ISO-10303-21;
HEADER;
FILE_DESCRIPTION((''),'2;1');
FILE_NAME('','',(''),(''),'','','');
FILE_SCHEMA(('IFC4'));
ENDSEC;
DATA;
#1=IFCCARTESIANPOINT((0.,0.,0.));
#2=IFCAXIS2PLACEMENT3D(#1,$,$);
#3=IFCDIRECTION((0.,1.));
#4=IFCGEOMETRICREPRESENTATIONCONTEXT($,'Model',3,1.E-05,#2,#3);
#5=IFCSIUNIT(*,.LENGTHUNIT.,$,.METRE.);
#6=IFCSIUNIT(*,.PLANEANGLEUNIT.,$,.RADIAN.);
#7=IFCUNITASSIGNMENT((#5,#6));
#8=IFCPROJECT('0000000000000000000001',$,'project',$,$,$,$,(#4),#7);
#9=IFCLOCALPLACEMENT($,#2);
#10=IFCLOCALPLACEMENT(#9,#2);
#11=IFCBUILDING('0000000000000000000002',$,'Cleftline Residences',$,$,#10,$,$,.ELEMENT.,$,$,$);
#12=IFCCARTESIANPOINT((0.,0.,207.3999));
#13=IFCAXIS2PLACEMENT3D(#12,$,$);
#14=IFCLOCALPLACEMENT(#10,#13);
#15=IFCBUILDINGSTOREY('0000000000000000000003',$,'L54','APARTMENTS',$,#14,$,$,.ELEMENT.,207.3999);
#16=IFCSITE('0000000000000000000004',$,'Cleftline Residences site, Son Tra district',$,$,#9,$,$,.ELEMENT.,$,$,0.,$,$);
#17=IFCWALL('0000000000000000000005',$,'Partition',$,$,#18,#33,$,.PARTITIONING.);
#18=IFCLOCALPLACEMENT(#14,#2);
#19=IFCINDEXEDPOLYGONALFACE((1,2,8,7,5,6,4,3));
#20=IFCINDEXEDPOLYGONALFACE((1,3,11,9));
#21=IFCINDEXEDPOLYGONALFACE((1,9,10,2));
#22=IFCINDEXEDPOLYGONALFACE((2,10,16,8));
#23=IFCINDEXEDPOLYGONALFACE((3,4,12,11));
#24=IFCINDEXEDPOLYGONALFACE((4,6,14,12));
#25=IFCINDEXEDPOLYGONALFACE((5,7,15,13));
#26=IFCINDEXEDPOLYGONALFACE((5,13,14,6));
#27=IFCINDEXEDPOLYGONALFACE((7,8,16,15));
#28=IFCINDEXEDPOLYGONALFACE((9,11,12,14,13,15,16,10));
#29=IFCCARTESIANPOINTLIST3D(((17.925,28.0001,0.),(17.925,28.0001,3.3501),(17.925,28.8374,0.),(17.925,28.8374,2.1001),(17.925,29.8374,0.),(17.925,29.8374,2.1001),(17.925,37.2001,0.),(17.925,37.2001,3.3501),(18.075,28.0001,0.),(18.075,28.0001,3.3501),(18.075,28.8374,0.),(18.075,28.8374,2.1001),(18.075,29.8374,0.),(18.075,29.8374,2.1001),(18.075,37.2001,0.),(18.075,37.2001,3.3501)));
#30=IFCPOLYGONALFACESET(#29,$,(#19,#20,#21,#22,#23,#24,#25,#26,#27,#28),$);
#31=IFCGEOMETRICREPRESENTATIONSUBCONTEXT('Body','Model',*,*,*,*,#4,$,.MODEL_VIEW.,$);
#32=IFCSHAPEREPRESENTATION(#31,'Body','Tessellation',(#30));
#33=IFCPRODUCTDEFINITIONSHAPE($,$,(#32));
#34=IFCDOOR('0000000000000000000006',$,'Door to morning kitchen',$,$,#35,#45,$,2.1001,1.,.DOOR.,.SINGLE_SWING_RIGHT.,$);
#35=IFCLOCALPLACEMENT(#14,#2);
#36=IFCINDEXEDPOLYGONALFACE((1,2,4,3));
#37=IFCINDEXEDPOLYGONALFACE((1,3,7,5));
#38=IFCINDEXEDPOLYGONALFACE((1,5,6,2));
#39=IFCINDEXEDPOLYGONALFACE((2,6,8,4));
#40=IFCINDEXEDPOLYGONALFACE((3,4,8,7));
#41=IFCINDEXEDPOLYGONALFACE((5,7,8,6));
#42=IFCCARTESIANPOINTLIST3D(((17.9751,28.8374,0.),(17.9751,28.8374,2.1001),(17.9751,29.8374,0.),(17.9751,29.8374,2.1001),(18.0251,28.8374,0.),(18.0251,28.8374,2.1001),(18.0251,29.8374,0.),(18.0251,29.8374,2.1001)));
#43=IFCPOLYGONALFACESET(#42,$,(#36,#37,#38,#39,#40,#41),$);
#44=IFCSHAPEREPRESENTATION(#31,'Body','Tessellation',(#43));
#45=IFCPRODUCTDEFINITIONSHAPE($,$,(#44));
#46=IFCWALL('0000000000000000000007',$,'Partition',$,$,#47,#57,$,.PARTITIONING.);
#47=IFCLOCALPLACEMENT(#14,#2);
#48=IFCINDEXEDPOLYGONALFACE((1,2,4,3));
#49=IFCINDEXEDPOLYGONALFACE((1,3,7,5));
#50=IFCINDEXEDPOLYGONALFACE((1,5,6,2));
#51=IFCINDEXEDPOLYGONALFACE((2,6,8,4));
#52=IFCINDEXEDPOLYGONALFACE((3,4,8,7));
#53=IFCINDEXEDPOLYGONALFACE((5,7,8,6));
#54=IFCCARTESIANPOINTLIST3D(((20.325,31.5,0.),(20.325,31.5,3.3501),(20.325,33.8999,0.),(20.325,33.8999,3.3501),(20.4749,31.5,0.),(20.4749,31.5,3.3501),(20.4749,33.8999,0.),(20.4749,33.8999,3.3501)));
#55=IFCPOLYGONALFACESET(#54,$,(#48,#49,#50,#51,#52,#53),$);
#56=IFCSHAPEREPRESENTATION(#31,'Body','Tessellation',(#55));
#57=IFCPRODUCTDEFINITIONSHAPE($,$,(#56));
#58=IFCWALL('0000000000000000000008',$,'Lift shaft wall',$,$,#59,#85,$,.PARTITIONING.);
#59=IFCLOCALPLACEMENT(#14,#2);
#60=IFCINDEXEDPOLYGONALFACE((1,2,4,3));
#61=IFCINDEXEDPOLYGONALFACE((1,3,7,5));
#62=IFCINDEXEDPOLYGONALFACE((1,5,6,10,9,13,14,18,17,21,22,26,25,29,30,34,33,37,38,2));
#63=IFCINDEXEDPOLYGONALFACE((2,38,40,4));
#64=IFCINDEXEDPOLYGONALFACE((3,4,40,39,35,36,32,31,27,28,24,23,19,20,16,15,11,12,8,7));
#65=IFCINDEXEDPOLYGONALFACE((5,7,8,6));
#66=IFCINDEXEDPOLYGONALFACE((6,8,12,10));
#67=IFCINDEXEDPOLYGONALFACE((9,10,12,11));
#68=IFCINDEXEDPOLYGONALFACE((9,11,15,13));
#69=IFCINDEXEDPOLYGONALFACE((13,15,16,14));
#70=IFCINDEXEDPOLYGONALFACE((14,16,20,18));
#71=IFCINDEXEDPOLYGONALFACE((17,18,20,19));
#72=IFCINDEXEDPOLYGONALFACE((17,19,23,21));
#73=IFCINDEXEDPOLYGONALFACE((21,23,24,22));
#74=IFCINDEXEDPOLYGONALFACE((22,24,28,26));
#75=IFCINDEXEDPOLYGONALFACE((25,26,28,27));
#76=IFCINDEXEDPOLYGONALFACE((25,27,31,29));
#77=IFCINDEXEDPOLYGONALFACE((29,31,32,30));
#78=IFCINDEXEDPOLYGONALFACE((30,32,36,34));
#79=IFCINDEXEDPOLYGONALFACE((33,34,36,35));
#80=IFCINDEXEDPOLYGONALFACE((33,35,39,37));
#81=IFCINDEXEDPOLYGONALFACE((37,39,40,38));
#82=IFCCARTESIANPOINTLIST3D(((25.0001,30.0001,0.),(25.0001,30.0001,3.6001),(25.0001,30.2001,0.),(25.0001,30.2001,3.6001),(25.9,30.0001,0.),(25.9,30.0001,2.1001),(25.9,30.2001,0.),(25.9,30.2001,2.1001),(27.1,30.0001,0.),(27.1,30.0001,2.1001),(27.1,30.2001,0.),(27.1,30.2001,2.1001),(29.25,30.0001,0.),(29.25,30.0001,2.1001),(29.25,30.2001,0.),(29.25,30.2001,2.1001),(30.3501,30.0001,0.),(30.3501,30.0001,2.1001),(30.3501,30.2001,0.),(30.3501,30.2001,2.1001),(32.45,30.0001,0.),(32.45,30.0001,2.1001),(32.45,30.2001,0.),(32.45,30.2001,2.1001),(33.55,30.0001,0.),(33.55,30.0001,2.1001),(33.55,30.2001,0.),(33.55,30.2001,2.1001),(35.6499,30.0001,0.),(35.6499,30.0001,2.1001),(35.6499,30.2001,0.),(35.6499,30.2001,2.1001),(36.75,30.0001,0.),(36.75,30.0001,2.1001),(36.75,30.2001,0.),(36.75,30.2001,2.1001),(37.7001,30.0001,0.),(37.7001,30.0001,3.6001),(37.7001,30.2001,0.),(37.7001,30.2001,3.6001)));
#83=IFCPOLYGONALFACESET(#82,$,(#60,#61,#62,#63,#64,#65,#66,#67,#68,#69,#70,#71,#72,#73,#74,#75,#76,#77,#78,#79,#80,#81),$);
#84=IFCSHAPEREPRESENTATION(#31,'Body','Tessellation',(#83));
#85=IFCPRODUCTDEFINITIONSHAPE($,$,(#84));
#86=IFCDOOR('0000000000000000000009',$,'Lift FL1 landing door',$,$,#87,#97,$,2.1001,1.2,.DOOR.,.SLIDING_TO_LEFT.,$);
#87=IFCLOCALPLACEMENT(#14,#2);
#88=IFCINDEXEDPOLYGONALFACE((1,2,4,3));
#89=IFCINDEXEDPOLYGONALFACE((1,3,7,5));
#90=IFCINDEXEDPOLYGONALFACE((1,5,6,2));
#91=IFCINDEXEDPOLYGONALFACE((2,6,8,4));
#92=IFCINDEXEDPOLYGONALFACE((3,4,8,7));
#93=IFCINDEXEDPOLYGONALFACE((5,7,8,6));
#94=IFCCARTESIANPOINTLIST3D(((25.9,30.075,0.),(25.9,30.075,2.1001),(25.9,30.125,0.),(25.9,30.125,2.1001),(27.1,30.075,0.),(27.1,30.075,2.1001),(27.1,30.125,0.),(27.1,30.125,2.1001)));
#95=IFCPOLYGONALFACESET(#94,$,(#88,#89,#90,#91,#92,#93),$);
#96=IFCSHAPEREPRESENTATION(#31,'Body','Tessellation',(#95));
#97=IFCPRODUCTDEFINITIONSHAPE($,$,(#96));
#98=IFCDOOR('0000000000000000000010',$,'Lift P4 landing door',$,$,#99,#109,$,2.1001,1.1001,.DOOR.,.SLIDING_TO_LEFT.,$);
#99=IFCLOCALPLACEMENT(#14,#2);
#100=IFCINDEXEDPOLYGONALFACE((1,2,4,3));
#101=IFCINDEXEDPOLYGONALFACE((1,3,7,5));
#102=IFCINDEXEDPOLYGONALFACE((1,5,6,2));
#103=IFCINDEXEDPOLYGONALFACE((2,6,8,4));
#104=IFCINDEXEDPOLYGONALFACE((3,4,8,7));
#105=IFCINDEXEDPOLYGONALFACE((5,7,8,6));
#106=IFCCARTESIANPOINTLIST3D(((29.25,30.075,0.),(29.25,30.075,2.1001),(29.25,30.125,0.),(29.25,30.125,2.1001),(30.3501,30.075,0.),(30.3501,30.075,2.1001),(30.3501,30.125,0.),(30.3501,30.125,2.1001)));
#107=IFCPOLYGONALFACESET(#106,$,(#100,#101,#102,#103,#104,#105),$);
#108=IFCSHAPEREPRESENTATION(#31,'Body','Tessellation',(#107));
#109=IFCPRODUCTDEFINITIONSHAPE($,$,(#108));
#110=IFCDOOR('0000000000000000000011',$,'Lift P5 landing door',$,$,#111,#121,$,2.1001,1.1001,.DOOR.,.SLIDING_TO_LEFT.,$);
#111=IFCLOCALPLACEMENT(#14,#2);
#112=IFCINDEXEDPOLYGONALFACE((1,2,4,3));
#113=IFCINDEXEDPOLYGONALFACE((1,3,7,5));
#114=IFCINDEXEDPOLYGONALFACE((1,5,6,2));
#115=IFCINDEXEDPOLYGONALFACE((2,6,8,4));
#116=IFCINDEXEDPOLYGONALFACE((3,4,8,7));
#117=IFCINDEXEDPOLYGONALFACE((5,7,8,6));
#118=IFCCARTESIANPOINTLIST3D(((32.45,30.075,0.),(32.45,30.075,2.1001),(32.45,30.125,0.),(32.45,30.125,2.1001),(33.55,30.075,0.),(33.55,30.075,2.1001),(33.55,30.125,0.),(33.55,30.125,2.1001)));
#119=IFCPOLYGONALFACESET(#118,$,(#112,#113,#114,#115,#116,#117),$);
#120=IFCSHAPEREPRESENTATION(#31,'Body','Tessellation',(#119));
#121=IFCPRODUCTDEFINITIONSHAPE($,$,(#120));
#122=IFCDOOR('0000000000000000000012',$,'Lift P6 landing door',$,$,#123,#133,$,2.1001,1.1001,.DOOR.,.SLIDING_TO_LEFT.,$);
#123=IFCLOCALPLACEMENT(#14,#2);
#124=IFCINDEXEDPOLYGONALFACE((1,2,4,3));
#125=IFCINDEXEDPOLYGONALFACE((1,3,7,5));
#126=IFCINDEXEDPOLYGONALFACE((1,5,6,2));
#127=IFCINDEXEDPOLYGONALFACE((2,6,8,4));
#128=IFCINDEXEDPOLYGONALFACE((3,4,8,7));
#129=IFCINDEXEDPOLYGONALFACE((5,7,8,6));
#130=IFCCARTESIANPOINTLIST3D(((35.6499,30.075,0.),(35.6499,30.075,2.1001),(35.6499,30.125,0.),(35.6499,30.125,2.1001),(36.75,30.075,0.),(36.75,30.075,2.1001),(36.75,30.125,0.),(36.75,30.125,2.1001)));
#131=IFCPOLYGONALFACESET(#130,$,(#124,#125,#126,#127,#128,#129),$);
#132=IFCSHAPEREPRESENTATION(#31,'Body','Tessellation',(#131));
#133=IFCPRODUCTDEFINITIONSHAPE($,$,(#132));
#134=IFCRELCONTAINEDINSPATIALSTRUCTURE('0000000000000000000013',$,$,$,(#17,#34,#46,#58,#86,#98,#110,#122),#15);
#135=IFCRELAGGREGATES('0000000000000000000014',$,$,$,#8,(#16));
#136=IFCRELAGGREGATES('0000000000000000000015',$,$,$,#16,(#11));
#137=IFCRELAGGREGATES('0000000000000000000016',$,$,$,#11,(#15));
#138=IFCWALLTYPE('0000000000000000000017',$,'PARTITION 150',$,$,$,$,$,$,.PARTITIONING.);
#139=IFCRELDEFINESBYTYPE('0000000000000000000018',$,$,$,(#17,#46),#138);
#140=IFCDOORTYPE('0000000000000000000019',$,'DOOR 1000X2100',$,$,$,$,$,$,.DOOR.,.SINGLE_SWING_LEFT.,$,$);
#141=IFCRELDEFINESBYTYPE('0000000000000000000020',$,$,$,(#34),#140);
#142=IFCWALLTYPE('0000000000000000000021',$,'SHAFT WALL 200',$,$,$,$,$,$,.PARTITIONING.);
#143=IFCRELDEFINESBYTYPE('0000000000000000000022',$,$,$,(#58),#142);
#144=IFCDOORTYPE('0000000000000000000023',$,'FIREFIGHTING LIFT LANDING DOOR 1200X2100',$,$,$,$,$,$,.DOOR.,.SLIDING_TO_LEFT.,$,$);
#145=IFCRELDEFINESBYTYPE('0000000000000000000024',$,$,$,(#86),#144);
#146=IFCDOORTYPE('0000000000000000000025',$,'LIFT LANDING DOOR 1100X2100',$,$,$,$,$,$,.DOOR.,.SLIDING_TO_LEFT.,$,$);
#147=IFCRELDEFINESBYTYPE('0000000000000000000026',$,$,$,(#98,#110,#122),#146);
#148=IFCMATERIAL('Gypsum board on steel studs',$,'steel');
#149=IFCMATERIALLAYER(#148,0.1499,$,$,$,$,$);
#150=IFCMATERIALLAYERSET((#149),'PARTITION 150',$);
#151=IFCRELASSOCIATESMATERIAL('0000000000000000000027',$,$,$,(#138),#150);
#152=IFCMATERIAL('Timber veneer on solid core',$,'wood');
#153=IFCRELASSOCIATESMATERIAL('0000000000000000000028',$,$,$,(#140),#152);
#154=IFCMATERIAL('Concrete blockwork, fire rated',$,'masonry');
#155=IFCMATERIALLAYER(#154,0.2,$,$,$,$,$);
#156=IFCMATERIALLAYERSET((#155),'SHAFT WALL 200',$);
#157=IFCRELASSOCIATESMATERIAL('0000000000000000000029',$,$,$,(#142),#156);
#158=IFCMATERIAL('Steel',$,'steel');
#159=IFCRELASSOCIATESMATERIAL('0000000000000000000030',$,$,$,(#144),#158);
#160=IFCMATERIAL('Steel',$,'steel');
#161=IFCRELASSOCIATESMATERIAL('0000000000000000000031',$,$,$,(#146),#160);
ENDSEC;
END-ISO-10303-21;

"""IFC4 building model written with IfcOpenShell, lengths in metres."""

from ifc_helpers import new_model, si_unit, direction, frame, frame_2d, origin, place, context, subcontext, project, spatial, rectangle, extrude, material, layer, layer_set, type_object, element, fill, save


model = new_model("IFC4")

# Units and contexts
model_context = context("Model", 3, precision=1e-05, world=origin(), true_north=direction((0.0, 1.0)))
body_context = subcontext(model_context, "Body", "Model", "MODEL_VIEW")
ifc_project = project(units=[si_unit("LENGTHUNIT", "METRE"), si_unit("PLANEANGLEUNIT", "RADIAN")], contexts=[model_context])

# Site, building, storey
site_placement = place(None, origin())
site = spatial("IfcSite", under=ifc_project, at=site_placement, Name="Cleftline Residences site, Son Tra district", CompositionType="ELEMENT", RefElevation=0.0)
building_placement = place(site_placement, origin())
building = spatial("IfcBuilding", under=site, at=building_placement, Name="Cleftline Residences", CompositionType="ELEMENT")
storey_placement = place(building_placement, frame((0.0, 0.0, 207.3999)))
storey = spatial("IfcBuildingStorey", under=building, at=storey_placement, Name="L54", Description="APARTMENTS", CompositionType="ELEMENT", Elevation=207.3999)

# Shared definitions
ifc_material_1 = material(Name="Gypsum board on steel studs", Category="steel")
ifc_layer_1 = layer(ifc_material_1, 0.1499)
ifc_layer_set_1 = layer_set([ifc_layer_1], Name="PARTITION 150")
wall_type_1 = type_object("IfcWallType", Name="PARTITION 150", PredefinedType="PARTITIONING", material=ifc_layer_set_1)

# Wall, opening, door
wall_1_placement = place(storey_placement, frame((18.0, 28.0, 0.0), z_axis=(0.0, 0.0, 1.0), x_axis=(0.0, 1.0, 0.0)))
wall_1 = element("IfcWall", 1, at=wall_1_placement, inside=storey, type_object=wall_type_1, Name="Partition", PredefinedType="PARTITIONING", context=body_context, shape_type="SweptSolid", body=[
    extrude(rectangle(XDim=9.2, YDim=0.1499, at=frame_2d((4.6001, 0.0))), origin(), (0.0, 0.0, 1.0), 3.3501),
])
opening_1_placement = place(wall_1_placement, frame((0.8374, 0.0, 0.0)))
opening_1 = element("IfcOpeningElement", 2, at=opening_1_placement, cuts=wall_1, PredefinedType="OPENING", context=body_context, shape_type="SweptSolid", body=[
    extrude(rectangle(XDim=1.0, YDim=2.1001, at=frame_2d((0.5, 1.05))), frame((0.0, 0.085, 0.0), z_axis=(0.0, -1.0, 0.0), x_axis=(1.0, 0.0, 0.0)), (0.0, 0.0, 1.0), 0.1699),
])
ifc_material_2 = material(Name="Timber veneer on solid core", Category="wood")
door_type_1 = type_object("IfcDoorType", Name="DOOR 1000X2100", OperationType="SINGLE_SWING_LEFT", PredefinedType="DOOR", material=ifc_material_2)
door_1_placement = place(opening_1_placement, origin())
door_1 = element("IfcDoor", 3, at=door_1_placement, inside=storey, type_object=door_type_1, Name="Door to morning kitchen", OperationType="SINGLE_SWING_RIGHT", OverallHeight=2.1001, OverallWidth=1.0, PredefinedType="DOOR", context=body_context, shape_type="SweptSolid", body=[
    extrude(rectangle(XDim=1.0, YDim=2.1001, at=frame_2d((0.5, 1.05))), frame((0.0, 0.0249, 0.0), z_axis=(0.0, -1.0, 0.0), x_axis=(1.0, 0.0, 0.0)), (0.0, 0.0, 1.0), 0.05),
])
fill(opening_1, door_1)

# Wall
wall_2_placement = place(storey_placement, frame((20.3999, 31.5, 0.0), z_axis=(0.0, 0.0, 1.0), x_axis=(0.0, 1.0, 0.0)))
element("IfcWall", 4, at=wall_2_placement, inside=storey, type_object=wall_type_1, Name="Partition", PredefinedType="PARTITIONING", context=body_context, shape_type="SweptSolid", body=[
    extrude(rectangle(XDim=2.3999, YDim=0.1499, at=frame_2d((1.2, 0.0))), origin(), (0.0, 0.0, 1.0), 3.3501),
])

# Wall, openings, doors
ifc_material_3 = material(Name="Concrete blockwork, fire rated", Category="masonry")
ifc_layer_2 = layer(ifc_material_3, 0.2)
ifc_layer_set_2 = layer_set([ifc_layer_2], Name="SHAFT WALL 200")
wall_type_2 = type_object("IfcWallType", Name="SHAFT WALL 200", PredefinedType="PARTITIONING", material=ifc_layer_set_2)
wall_3_placement = place(storey_placement, frame((25.0, 30.1001, 0.0), z_axis=(0.0, 0.0, 1.0), x_axis=(1.0, 0.0, 0.0)))
wall_3 = element("IfcWall", 5, at=wall_3_placement, inside=storey, type_object=wall_type_2, Name="Lift shaft wall", PredefinedType="PARTITIONING", context=body_context, shape_type="SweptSolid", body=[
    extrude(rectangle(XDim=12.7, YDim=0.2, at=frame_2d((6.3501, 0.0))), origin(), (0.0, 0.0, 1.0), 3.6001),
])
opening_2_placement = place(wall_3_placement, frame((4.25, 0.0, 0.0)))
opening_2 = element("IfcOpeningElement", 6, at=opening_2_placement, cuts=wall_3, PredefinedType="OPENING", context=body_context, shape_type="SweptSolid", body=[
    extrude(rectangle(XDim=1.1001, YDim=2.1001, at=frame_2d((0.55, 1.05))), frame((0.0, 0.1099, 0.0), z_axis=(0.0, -1.0, 0.0), x_axis=(1.0, 0.0, 0.0)), (0.0, 0.0, 1.0), 0.22),
])
opening_3_placement = place(wall_3_placement, frame((7.45, 0.0, 0.0)))
opening_3 = element("IfcOpeningElement", 7, at=opening_3_placement, cuts=wall_3, PredefinedType="OPENING", context=body_context, shape_type="SweptSolid", body=[
    extrude(rectangle(XDim=1.1001, YDim=2.1001, at=frame_2d((0.55, 1.05))), frame((0.0, 0.1099, 0.0), z_axis=(0.0, -1.0, 0.0), x_axis=(1.0, 0.0, 0.0)), (0.0, 0.0, 1.0), 0.22),
])
opening_4_placement = place(wall_3_placement, frame((10.6499, 0.0, 0.0)))
opening_4 = element("IfcOpeningElement", 8, at=opening_4_placement, cuts=wall_3, PredefinedType="OPENING", context=body_context, shape_type="SweptSolid", body=[
    extrude(rectangle(XDim=1.1001, YDim=2.1001, at=frame_2d((0.55, 1.05))), frame((0.0, 0.1099, 0.0), z_axis=(0.0, -1.0, 0.0), x_axis=(1.0, 0.0, 0.0)), (0.0, 0.0, 1.0), 0.22),
])
opening_5_placement = place(wall_3_placement, frame((0.8999, 0.0, 0.0)))
opening_5 = element("IfcOpeningElement", 9, at=opening_5_placement, cuts=wall_3, PredefinedType="OPENING", context=body_context, shape_type="SweptSolid", body=[
    extrude(rectangle(XDim=1.2, YDim=2.1001, at=frame_2d((0.6001, 1.05))), frame((0.0, 0.1099, 0.0), z_axis=(0.0, -1.0, 0.0), x_axis=(1.0, 0.0, 0.0)), (0.0, 0.0, 1.0), 0.22),
])
ifc_material_4 = material(Name="Steel", Category="steel")
door_type_2 = type_object("IfcDoorType", Name="FIREFIGHTING LIFT LANDING DOOR 1200X2100", OperationType="SLIDING_TO_LEFT", PredefinedType="DOOR", material=ifc_material_4)
door_2_placement = place(opening_5_placement, origin())
door_2 = element("IfcDoor", 10, at=door_2_placement, inside=storey, type_object=door_type_2, Name="Lift FL1 landing door", OperationType="SLIDING_TO_LEFT", OverallHeight=2.1001, OverallWidth=1.2, PredefinedType="DOOR", context=body_context, shape_type="SweptSolid", body=[
    extrude(rectangle(XDim=1.2, YDim=2.1001, at=frame_2d((0.6001, 1.05))), frame((0.0, 0.0249, 0.0), z_axis=(0.0, -1.0, 0.0), x_axis=(1.0, 0.0, 0.0)), (0.0, 0.0, 1.0), 0.05),
])
fill(opening_5, door_2)
ifc_material_5 = material(Name="Steel", Category="steel")
door_type_3 = type_object("IfcDoorType", Name="LIFT LANDING DOOR 1100X2100", OperationType="SLIDING_TO_LEFT", PredefinedType="DOOR", material=ifc_material_5)
door_3_placement = place(opening_2_placement, origin())
door_3 = element("IfcDoor", 11, at=door_3_placement, inside=storey, type_object=door_type_3, Name="Lift P4 landing door", OperationType="SLIDING_TO_LEFT", OverallHeight=2.1001, OverallWidth=1.1001, PredefinedType="DOOR", context=body_context, shape_type="SweptSolid", body=[
    extrude(rectangle(XDim=1.1001, YDim=2.1001, at=frame_2d((0.55, 1.05))), frame((0.0, 0.0249, 0.0), z_axis=(0.0, -1.0, 0.0), x_axis=(1.0, 0.0, 0.0)), (0.0, 0.0, 1.0), 0.05),
])
fill(opening_2, door_3)
door_4_placement = place(opening_3_placement, origin())
door_4 = element("IfcDoor", 12, at=door_4_placement, inside=storey, type_object=door_type_3, Name="Lift P5 landing door", OperationType="SLIDING_TO_LEFT", OverallHeight=2.1001, OverallWidth=1.1001, PredefinedType="DOOR", context=body_context, shape_type="SweptSolid", body=[
    extrude(rectangle(XDim=1.1001, YDim=2.1001, at=frame_2d((0.55, 1.05))), frame((0.0, 0.0249, 0.0), z_axis=(0.0, -1.0, 0.0), x_axis=(1.0, 0.0, 0.0)), (0.0, 0.0, 1.0), 0.05),
])
fill(opening_3, door_4)
door_5_placement = place(opening_4_placement, origin())
door_5 = element("IfcDoor", 13, at=door_5_placement, inside=storey, type_object=door_type_3, Name="Lift P6 landing door", OperationType="SLIDING_TO_LEFT", OverallHeight=2.1001, OverallWidth=1.1001, PredefinedType="DOOR", context=body_context, shape_type="SweptSolid", body=[
    extrude(rectangle(XDim=1.1001, YDim=2.1001, at=frame_2d((0.55, 1.05))), frame((0.0, 0.0249, 0.0), z_axis=(0.0, -1.0, 0.0), x_axis=(1.0, 0.0, 0.0)), (0.0, 0.0, 1.0), 0.05),
])
fill(opening_4, door_5)

save(model, "model.ifc")
